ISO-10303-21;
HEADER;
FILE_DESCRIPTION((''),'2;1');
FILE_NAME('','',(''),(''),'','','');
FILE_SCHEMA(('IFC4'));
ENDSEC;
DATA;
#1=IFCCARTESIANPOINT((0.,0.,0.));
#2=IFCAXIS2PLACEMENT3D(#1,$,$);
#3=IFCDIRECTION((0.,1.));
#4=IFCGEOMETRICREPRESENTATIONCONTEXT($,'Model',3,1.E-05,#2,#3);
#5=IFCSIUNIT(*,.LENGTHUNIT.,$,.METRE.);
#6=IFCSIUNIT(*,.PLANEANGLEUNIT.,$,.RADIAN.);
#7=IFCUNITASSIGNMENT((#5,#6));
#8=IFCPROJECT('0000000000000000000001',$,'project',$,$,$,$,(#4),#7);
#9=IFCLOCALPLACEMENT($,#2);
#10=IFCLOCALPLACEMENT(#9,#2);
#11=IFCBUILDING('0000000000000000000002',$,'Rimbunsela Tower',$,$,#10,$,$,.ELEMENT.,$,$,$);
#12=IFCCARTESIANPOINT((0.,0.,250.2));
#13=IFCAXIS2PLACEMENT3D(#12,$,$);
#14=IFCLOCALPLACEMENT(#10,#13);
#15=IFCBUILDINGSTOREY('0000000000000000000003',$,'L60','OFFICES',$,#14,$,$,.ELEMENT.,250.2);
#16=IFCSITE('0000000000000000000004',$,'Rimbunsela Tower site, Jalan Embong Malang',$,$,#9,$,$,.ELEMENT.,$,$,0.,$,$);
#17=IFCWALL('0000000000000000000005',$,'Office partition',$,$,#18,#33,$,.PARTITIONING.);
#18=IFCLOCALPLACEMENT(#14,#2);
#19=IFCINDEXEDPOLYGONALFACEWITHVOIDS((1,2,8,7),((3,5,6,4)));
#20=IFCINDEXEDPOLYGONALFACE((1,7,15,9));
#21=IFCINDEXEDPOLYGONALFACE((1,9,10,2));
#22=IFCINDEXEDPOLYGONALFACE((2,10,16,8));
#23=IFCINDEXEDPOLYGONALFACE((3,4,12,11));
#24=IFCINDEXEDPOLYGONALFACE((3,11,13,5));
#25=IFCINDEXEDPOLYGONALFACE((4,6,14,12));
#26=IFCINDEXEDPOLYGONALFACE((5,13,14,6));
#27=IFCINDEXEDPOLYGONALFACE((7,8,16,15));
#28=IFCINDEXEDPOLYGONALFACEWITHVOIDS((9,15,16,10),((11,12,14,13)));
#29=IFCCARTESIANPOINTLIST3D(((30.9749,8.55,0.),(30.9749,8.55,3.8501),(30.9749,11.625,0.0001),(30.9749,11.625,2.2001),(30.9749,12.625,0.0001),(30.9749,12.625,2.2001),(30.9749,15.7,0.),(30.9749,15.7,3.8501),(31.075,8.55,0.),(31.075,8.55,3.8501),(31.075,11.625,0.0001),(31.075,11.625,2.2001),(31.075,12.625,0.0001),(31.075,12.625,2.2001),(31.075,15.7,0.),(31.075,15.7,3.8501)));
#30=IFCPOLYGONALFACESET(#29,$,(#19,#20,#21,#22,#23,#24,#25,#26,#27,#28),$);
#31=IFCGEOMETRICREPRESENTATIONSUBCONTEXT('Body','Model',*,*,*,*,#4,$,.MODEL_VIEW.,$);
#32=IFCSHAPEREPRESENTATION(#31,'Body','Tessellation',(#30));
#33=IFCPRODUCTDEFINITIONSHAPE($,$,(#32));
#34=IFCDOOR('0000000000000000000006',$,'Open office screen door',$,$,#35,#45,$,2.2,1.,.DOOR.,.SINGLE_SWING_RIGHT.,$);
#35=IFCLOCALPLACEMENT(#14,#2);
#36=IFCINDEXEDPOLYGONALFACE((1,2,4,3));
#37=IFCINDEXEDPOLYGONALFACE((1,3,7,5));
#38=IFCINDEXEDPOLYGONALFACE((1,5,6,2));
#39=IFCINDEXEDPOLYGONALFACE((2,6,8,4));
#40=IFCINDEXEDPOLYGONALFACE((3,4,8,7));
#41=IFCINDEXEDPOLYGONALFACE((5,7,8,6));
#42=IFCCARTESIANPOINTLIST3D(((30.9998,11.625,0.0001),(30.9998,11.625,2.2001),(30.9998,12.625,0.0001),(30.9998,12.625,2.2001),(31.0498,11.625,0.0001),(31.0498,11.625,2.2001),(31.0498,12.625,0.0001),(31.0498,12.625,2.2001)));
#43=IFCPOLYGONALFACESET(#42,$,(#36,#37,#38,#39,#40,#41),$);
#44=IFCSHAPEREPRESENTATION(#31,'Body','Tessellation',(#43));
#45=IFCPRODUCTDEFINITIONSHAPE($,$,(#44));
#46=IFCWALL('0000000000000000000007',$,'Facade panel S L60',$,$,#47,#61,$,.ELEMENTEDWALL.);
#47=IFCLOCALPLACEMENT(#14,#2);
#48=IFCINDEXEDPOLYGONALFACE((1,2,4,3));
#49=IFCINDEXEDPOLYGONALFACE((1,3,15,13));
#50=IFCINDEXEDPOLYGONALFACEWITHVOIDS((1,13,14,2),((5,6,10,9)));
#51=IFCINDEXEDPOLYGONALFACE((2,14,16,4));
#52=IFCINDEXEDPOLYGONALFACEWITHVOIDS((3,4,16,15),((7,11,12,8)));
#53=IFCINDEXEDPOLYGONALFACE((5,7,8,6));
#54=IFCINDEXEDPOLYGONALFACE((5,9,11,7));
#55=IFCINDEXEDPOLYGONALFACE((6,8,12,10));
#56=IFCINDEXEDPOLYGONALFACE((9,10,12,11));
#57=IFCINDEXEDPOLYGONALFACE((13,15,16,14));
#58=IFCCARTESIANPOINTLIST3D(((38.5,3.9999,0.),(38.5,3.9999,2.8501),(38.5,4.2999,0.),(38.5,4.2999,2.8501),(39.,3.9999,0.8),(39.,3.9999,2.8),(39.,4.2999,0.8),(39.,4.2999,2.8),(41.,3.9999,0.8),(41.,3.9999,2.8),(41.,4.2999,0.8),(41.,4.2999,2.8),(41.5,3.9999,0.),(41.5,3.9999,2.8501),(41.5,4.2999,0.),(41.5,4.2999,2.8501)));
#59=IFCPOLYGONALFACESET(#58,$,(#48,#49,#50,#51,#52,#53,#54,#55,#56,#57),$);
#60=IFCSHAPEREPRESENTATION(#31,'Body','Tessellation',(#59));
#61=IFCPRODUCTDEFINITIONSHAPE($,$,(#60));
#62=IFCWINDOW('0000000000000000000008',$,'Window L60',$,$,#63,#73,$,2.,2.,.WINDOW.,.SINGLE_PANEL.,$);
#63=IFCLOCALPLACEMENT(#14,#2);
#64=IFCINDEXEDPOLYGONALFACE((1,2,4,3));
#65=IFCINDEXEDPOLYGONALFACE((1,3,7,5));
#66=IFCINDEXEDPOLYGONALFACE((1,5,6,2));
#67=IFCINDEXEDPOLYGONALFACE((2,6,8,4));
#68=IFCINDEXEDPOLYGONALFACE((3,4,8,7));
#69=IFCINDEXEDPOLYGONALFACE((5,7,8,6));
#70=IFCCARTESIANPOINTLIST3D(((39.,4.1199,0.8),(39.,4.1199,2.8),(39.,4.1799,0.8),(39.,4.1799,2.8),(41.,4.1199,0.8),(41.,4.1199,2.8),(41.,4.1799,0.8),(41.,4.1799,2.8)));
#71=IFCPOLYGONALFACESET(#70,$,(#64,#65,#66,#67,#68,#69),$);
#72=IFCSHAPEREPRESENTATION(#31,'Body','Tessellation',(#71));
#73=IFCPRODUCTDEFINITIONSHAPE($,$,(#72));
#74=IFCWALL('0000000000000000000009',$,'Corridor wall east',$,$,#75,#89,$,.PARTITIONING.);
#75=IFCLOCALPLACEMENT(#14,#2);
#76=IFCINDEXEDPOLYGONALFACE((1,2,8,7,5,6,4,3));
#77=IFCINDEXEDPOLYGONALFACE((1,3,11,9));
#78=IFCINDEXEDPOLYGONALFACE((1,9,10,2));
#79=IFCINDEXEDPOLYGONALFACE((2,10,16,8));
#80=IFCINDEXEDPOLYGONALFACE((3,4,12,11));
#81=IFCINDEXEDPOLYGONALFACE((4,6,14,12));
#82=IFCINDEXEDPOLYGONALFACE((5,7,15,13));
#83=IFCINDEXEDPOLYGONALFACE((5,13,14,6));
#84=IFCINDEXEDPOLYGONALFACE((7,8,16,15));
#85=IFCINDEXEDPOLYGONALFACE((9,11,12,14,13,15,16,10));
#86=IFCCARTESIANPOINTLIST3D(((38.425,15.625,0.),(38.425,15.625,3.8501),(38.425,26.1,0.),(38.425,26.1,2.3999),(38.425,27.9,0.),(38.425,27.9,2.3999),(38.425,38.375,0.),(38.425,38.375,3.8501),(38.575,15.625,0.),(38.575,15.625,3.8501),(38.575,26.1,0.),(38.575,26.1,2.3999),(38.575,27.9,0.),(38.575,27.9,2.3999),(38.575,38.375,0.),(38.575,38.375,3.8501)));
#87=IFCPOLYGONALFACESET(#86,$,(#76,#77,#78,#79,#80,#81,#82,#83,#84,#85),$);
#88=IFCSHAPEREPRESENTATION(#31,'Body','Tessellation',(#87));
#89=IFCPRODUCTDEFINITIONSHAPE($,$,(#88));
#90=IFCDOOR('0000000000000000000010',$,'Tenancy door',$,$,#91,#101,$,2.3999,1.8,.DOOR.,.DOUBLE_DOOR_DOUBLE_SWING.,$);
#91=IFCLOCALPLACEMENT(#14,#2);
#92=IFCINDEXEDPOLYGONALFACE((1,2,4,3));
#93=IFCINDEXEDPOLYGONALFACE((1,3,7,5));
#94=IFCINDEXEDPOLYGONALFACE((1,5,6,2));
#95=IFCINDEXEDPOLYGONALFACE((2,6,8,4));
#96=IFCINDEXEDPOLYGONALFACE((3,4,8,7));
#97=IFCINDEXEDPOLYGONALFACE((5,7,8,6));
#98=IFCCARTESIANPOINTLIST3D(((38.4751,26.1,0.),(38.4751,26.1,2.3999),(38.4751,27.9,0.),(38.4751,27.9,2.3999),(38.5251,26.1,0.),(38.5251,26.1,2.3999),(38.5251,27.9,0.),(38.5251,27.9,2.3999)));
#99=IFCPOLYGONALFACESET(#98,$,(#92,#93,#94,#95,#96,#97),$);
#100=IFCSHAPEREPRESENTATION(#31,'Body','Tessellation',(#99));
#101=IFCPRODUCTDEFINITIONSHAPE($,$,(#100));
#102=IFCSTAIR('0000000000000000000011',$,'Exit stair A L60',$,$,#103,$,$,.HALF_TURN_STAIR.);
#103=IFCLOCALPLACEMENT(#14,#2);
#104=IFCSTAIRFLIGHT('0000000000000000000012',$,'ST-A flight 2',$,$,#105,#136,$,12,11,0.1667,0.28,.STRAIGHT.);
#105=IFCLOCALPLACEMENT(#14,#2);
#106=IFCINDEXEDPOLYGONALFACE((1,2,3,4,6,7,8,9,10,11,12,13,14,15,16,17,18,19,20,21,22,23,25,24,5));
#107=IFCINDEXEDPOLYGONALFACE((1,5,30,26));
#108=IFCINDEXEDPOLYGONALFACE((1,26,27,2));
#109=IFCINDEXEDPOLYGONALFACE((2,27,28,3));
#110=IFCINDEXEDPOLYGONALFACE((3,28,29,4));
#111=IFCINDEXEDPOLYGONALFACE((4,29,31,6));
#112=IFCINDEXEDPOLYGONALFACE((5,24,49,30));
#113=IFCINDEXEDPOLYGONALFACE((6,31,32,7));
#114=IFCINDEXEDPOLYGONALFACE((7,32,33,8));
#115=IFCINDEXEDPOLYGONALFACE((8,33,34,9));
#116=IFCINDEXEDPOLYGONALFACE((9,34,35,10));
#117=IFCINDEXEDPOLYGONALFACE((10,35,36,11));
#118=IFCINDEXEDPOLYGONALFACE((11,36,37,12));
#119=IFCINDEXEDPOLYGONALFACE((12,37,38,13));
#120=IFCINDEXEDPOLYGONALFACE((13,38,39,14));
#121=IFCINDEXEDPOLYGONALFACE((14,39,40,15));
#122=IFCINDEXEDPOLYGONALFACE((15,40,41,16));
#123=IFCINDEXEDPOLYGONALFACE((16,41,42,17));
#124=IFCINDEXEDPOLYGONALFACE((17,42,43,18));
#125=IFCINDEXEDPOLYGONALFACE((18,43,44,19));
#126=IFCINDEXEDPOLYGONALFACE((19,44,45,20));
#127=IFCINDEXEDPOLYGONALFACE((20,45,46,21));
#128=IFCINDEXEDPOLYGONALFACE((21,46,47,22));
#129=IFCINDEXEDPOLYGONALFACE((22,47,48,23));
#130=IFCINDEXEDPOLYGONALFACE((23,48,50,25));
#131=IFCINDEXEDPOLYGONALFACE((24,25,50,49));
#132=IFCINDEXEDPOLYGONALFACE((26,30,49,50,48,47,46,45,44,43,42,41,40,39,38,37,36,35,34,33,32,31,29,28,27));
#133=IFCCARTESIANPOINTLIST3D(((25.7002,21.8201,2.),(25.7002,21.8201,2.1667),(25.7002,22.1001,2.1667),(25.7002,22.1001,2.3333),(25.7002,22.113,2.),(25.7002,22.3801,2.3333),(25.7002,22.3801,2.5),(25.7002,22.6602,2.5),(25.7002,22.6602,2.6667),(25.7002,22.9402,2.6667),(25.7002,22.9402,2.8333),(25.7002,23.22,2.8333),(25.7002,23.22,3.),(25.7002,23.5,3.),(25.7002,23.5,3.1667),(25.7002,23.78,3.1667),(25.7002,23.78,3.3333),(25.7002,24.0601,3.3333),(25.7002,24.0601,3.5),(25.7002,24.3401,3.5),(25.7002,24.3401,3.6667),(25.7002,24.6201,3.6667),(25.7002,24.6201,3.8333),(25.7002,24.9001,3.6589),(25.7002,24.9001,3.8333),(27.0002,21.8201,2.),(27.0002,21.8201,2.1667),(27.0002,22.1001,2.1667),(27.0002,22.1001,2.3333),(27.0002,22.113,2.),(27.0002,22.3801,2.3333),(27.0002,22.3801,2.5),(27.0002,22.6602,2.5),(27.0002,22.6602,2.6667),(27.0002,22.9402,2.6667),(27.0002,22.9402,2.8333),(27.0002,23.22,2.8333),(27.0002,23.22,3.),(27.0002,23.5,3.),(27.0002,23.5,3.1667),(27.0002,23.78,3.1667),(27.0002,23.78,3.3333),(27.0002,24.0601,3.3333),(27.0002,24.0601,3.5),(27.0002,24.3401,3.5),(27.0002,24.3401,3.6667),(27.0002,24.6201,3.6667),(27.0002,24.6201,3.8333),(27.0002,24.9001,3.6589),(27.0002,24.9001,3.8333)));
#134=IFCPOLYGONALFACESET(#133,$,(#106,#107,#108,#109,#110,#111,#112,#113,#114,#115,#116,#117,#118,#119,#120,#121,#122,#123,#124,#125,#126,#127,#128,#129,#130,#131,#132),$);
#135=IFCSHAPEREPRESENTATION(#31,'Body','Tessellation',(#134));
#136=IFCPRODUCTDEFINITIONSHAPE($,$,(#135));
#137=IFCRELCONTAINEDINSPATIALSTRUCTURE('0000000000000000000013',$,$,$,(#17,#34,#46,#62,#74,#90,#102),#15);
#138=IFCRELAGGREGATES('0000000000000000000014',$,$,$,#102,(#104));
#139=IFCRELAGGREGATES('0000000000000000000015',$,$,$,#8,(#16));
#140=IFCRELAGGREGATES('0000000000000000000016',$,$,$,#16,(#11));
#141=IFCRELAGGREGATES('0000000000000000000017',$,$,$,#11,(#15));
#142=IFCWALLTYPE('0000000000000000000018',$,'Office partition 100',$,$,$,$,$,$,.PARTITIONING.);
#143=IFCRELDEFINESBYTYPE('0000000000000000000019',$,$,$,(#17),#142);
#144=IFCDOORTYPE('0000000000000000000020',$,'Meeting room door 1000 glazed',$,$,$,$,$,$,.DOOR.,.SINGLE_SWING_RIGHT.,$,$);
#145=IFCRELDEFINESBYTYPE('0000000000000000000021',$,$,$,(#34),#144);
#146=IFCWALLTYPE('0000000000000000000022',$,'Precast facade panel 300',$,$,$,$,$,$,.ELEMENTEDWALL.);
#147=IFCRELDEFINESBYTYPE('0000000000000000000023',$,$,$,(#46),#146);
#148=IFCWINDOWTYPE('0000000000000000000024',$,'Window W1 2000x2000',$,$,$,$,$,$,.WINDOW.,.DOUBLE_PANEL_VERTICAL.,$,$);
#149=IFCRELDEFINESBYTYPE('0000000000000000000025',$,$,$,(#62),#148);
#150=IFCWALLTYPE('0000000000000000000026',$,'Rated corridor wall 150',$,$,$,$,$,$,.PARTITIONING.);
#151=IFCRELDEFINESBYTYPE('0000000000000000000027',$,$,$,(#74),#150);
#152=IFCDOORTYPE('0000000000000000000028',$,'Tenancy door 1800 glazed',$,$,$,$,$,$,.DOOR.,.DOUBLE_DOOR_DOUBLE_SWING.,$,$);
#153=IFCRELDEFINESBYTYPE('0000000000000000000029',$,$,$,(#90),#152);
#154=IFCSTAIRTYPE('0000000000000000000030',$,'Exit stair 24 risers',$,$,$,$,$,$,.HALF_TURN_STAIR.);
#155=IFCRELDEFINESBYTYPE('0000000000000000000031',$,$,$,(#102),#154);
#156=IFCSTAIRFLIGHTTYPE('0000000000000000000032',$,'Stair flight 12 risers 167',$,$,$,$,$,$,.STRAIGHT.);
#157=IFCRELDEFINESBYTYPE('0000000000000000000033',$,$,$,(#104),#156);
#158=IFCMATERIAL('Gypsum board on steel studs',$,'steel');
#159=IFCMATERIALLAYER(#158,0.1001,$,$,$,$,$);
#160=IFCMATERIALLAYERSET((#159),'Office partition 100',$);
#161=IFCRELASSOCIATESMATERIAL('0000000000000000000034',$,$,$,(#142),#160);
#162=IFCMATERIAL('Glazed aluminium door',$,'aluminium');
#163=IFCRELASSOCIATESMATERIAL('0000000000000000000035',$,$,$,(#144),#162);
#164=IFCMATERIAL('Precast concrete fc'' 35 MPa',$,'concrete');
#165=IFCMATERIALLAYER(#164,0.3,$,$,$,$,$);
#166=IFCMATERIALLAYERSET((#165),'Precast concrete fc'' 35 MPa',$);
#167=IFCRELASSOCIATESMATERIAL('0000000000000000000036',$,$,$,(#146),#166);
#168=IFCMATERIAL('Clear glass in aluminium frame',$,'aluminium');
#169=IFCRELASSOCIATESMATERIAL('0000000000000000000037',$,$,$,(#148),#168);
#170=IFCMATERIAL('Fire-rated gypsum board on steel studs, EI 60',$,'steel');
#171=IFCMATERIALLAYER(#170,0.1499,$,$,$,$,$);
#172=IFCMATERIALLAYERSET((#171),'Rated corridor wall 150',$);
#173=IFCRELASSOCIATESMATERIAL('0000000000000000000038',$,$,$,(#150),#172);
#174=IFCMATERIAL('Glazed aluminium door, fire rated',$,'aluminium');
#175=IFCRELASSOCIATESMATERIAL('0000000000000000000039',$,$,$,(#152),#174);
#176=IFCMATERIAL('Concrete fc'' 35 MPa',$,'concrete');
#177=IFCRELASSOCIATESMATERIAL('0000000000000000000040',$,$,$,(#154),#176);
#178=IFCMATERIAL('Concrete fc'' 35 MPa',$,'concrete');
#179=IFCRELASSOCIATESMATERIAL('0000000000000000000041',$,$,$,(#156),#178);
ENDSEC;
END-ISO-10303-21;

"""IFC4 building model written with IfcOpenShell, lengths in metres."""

from ifc_helpers import new_model, si_unit, direction, frame, frame_2d, origin, place, context, subcontext, project, spatial, polyline, rectangle, outline, extrude, material, layer, layer_set, type_object, element, fill, aggregate, save


model = new_model("IFC4")

# Units and contexts
model_context = context("Model", 3, precision=1e-05, world=origin(), true_north=direction((0.0, 1.0)))
body_context = subcontext(model_context, "Body", "Model", "MODEL_VIEW")
ifc_project = project(units=[si_unit("LENGTHUNIT", "METRE"), si_unit("PLANEANGLEUNIT", "RADIAN")], contexts=[model_context])

# Site, building, storey
site_placement = place(None, origin())
site = spatial("IfcSite", under=ifc_project, at=site_placement, Name="Rimbunsela Tower site, Jalan Embong Malang", CompositionType="ELEMENT", RefElevation=0.0)
building_placement = place(site_placement, origin())
building = spatial("IfcBuilding", under=site, at=building_placement, Name="Rimbunsela Tower", CompositionType="ELEMENT")
storey_placement = place(building_placement, frame((0.0, 0.0, 250.2)))
storey = spatial("IfcBuildingStorey", under=building, at=storey_placement, Name="L60", Description="OFFICES", CompositionType="ELEMENT", Elevation=250.2)

# Shared definitions
ifc_material_1 = material(Name="Gypsum board on steel studs", Category="steel")
ifc_layer_1 = layer(ifc_material_1, 0.1001)
ifc_layer_set_1 = layer_set([ifc_layer_1], Name="Office partition 100")
wall_type_1 = type_object("IfcWallType", Name="Office partition 100", PredefinedType="PARTITIONING", material=ifc_layer_set_1)

# Wall, opening, door
wall_1_placement = place(storey_placement, frame((31.0249, 15.7, 0.0), z_axis=(0.0, 0.0, 1.0), x_axis=(0.0, -1.0, 0.0)))
wall_1 = element("IfcWall", 1, at=wall_1_placement, inside=storey, type_object=wall_type_1, Name="Office partition", PredefinedType="PARTITIONING", context=body_context, shape_type="SweptSolid", body=[
    extrude(rectangle(XDim=7.1499, YDim=0.1001, at=frame_2d((3.575, 0.0))), origin(), (0.0, 0.0, 1.0), 3.8501),
])
opening_1_placement = place(wall_1_placement, frame((3.075, 0.0, 0.0)))
opening_1 = element("IfcOpeningElement", 2, at=opening_1_placement, cuts=wall_1, PredefinedType="OPENING", context=body_context, shape_type="SweptSolid", body=[
    extrude(rectangle(XDim=1.0, YDim=2.2, at=frame_2d((0.5, 1.1001))), frame((0.0, 0.0601, 0.0), z_axis=(0.0, -1.0, 0.0), x_axis=(1.0, 0.0, 0.0)), (0.0, 0.0, 1.0), 0.1201),
])
ifc_material_2 = material(Name="Glazed aluminium door", Category="aluminium")
door_type_1 = type_object("IfcDoorType", Name="Meeting room door 1000 glazed", OperationType="SINGLE_SWING_RIGHT", PredefinedType="DOOR", material=ifc_material_2)
door_1_placement = place(opening_1_placement, origin())
door_1 = element("IfcDoor", 3, at=door_1_placement, inside=storey, type_object=door_type_1, Name="Open office screen door", OperationType="SINGLE_SWING_RIGHT", OverallHeight=2.2, OverallWidth=1.0, PredefinedType="DOOR", context=body_context, shape_type="SweptSolid", body=[
    extrude(rectangle(XDim=1.0, YDim=2.2, at=frame_2d((0.5, 1.1001))), frame((0.0, 0.0249, 0.0), z_axis=(0.0, -1.0, 0.0), x_axis=(1.0, 0.0, 0.0)), (0.0, 0.0, 1.0), 0.05),
])
fill(opening_1, door_1)

# Wall, opening, window
ifc_material_3 = material(Name="Precast concrete fc' 35 MPa", Category="concrete")
ifc_layer_2 = layer(ifc_material_3, 0.3)
ifc_layer_set_2 = layer_set([ifc_layer_2], Name="Precast concrete fc' 35 MPa")
wall_type_2 = type_object("IfcWallType", Name="Precast facade panel 300", PredefinedType="ELEMENTEDWALL", material=ifc_layer_set_2)
wall_2_placement = place(storey_placement, frame((38.5, 4.1499, 0.0), z_axis=(0.0, 0.0, 1.0), x_axis=(1.0, 0.0, 0.0)))
wall_2 = element("IfcWall", 4, at=wall_2_placement, inside=storey, type_object=wall_type_2, Name="Facade panel S L60", PredefinedType="ELEMENTEDWALL", context=body_context, shape_type="SweptSolid", body=[
    extrude(rectangle(XDim=3.0, YDim=0.3, at=frame_2d((1.5, 0.0))), origin(), (0.0, 0.0, 1.0), 2.8501),
])
opening_2_placement = place(wall_2_placement, frame((0.5, 0.0, 0.8)))
opening_2 = element("IfcOpeningElement", 5, at=opening_2_placement, cuts=wall_2, PredefinedType="OPENING", context=body_context, shape_type="SweptSolid", body=[
    extrude(rectangle(XDim=2.0, YDim=2.0, at=frame_2d((1.0, 1.0))), frame((0.0, 0.1599, 0.0), z_axis=(0.0, -1.0, 0.0), x_axis=(1.0, 0.0, 0.0)), (0.0, 0.0, 1.0), 0.3201),
])
ifc_material_4 = material(Name="Clear glass in aluminium frame", Category="aluminium")
window_type = type_object("IfcWindowType", Name="Window W1 2000x2000", PartitioningType="DOUBLE_PANEL_VERTICAL", PredefinedType="WINDOW", material=ifc_material_4)
window_placement = place(opening_2_placement, origin())
window = element("IfcWindow", 6, at=window_placement, inside=storey, type_object=window_type, Name="Window L60", OverallHeight=2.0, OverallWidth=2.0, PartitioningType="SINGLE_PANEL", PredefinedType="WINDOW", context=body_context, shape_type="SweptSolid", body=[
    extrude(rectangle(XDim=2.0, YDim=2.0, at=frame_2d((1.0, 1.0))), frame((0.0, 0.03, 0.0), z_axis=(0.0, -1.0, 0.0), x_axis=(1.0, 0.0, 0.0)), (0.0, 0.0, 1.0), 0.0601),
])
fill(opening_2, window)

# Wall, opening, door
ifc_material_5 = material(Name="Fire-rated gypsum board on steel studs, EI 60", Category="steel")
ifc_layer_3 = layer(ifc_material_5, 0.1499)
ifc_layer_set_3 = layer_set([ifc_layer_3], Name="Rated corridor wall 150")
wall_type_3 = type_object("IfcWallType", Name="Rated corridor wall 150", PredefinedType="PARTITIONING", material=ifc_layer_set_3)
wall_3_placement = place(storey_placement, frame((38.5, 15.625, 0.0), z_axis=(0.0, 0.0, 1.0), x_axis=(0.0, 1.0, 0.0)))
wall_3 = element("IfcWall", 7, at=wall_3_placement, inside=storey, type_object=wall_type_3, Name="Corridor wall east", PredefinedType="PARTITIONING", context=body_context, shape_type="SweptSolid", body=[
    extrude(rectangle(XDim=22.75, YDim=0.1499, at=frame_2d((11.375, 0.0))), origin(), (0.0, 0.0, 1.0), 3.8501),
])
opening_3_placement = place(wall_3_placement, frame((10.4751, 0.0, 0.0)))
opening_3 = element("IfcOpeningElement", 8, at=opening_3_placement, cuts=wall_3, PredefinedType="OPENING", context=body_context, shape_type="SweptSolid", body=[
    extrude(rectangle(XDim=1.8, YDim=2.3999, at=frame_2d((0.8999, 1.2))), frame((0.0, 0.085, 0.0), z_axis=(0.0, -1.0, 0.0), x_axis=(1.0, 0.0, 0.0)), (0.0, 0.0, 1.0), 0.1699),
])
ifc_material_6 = material(Name="Glazed aluminium door, fire rated", Category="aluminium")
door_type_2 = type_object("IfcDoorType", Name="Tenancy door 1800 glazed", OperationType="DOUBLE_DOOR_DOUBLE_SWING", PredefinedType="DOOR", material=ifc_material_6)
door_2_placement = place(opening_3_placement, origin())
door_2 = element("IfcDoor", 9, at=door_2_placement, inside=storey, type_object=door_type_2, Name="Tenancy door", OperationType="DOUBLE_DOOR_DOUBLE_SWING", OverallHeight=2.3999, OverallWidth=1.8, PredefinedType="DOOR", context=body_context, shape_type="SweptSolid", body=[
    extrude(rectangle(XDim=1.8, YDim=2.3999, at=frame_2d((0.8999, 1.2))), frame((0.0, 0.0249, 0.0), z_axis=(0.0, -1.0, 0.0), x_axis=(1.0, 0.0, 0.0)), (0.0, 0.0, 1.0), 0.05),
])
fill(opening_3, door_2)

# Stair, stair flight
ifc_material_7 = material(Name="Concrete fc' 35 MPa", Category="concrete")
stair_type = type_object("IfcStairType", Name="Exit stair 24 risers", PredefinedType="HALF_TURN_STAIR", material=ifc_material_7)
stair_1_placement = place(storey_placement, origin())
stair_1 = element("IfcStair", 10, at=stair_1_placement, inside=storey, type_object=stair_type, Name="Exit stair A L60", PredefinedType="HALF_TURN_STAIR")
ifc_material_8 = material(Name="Concrete fc' 35 MPa", Category="concrete")
stair_flight_type = type_object("IfcStairFlightType", Name="Stair flight 12 risers 167", PredefinedType="STRAIGHT", material=ifc_material_8)
stair_flight_1_placement = place(storey_placement, frame((26.3501, 21.8201, 2.0), z_axis=(0.0, 0.0, 1.0), x_axis=(0.0, 1.0, 0.0)))
stair_flight_1 = element("IfcStairFlight", 11, at=stair_flight_1_placement, type_object=stair_flight_type, Name="ST-A flight 2", NumberOfRisers=12, NumberOfTreads=11, PredefinedType="STRAIGHT", RiserHeight=0.1667, TreadLength=0.28, context=body_context, shape_type="SweptSolid", body=[
    extrude(outline(polyline([(0.0, 0.0), (0.0, 0.1667), (0.28, 0.1667), (0.28, 0.3333), (0.5601, 0.3333), (0.5601, 0.5), (0.8401, 0.5), (0.8401, 0.6667), (1.1201, 0.6667), (1.1201, 0.8333), (1.3999, 0.8333), (1.3999, 1.0), (1.6799, 1.0), (1.6799, 1.1667), (1.96, 1.1667), (1.96, 1.3333), (2.24, 1.3333), (2.24, 1.5), (2.52, 1.5), (2.52, 1.6667), (2.8, 1.6667), (2.8, 1.8333), (3.0801, 1.8333), (3.0801, 2.0), (3.0801, 1.6589), (0.293, 0.0), (0.0, 0.0)])), frame((0.0, 0.6499, 0.0), z_axis=(0.0, -1.0, 0.0), x_axis=(1.0, 0.0, 0.0)), (0.0, 0.0, 1.0), 1.3),
])
aggregate(stair_1, [stair_flight_1])

save(model, "model.ifc")
